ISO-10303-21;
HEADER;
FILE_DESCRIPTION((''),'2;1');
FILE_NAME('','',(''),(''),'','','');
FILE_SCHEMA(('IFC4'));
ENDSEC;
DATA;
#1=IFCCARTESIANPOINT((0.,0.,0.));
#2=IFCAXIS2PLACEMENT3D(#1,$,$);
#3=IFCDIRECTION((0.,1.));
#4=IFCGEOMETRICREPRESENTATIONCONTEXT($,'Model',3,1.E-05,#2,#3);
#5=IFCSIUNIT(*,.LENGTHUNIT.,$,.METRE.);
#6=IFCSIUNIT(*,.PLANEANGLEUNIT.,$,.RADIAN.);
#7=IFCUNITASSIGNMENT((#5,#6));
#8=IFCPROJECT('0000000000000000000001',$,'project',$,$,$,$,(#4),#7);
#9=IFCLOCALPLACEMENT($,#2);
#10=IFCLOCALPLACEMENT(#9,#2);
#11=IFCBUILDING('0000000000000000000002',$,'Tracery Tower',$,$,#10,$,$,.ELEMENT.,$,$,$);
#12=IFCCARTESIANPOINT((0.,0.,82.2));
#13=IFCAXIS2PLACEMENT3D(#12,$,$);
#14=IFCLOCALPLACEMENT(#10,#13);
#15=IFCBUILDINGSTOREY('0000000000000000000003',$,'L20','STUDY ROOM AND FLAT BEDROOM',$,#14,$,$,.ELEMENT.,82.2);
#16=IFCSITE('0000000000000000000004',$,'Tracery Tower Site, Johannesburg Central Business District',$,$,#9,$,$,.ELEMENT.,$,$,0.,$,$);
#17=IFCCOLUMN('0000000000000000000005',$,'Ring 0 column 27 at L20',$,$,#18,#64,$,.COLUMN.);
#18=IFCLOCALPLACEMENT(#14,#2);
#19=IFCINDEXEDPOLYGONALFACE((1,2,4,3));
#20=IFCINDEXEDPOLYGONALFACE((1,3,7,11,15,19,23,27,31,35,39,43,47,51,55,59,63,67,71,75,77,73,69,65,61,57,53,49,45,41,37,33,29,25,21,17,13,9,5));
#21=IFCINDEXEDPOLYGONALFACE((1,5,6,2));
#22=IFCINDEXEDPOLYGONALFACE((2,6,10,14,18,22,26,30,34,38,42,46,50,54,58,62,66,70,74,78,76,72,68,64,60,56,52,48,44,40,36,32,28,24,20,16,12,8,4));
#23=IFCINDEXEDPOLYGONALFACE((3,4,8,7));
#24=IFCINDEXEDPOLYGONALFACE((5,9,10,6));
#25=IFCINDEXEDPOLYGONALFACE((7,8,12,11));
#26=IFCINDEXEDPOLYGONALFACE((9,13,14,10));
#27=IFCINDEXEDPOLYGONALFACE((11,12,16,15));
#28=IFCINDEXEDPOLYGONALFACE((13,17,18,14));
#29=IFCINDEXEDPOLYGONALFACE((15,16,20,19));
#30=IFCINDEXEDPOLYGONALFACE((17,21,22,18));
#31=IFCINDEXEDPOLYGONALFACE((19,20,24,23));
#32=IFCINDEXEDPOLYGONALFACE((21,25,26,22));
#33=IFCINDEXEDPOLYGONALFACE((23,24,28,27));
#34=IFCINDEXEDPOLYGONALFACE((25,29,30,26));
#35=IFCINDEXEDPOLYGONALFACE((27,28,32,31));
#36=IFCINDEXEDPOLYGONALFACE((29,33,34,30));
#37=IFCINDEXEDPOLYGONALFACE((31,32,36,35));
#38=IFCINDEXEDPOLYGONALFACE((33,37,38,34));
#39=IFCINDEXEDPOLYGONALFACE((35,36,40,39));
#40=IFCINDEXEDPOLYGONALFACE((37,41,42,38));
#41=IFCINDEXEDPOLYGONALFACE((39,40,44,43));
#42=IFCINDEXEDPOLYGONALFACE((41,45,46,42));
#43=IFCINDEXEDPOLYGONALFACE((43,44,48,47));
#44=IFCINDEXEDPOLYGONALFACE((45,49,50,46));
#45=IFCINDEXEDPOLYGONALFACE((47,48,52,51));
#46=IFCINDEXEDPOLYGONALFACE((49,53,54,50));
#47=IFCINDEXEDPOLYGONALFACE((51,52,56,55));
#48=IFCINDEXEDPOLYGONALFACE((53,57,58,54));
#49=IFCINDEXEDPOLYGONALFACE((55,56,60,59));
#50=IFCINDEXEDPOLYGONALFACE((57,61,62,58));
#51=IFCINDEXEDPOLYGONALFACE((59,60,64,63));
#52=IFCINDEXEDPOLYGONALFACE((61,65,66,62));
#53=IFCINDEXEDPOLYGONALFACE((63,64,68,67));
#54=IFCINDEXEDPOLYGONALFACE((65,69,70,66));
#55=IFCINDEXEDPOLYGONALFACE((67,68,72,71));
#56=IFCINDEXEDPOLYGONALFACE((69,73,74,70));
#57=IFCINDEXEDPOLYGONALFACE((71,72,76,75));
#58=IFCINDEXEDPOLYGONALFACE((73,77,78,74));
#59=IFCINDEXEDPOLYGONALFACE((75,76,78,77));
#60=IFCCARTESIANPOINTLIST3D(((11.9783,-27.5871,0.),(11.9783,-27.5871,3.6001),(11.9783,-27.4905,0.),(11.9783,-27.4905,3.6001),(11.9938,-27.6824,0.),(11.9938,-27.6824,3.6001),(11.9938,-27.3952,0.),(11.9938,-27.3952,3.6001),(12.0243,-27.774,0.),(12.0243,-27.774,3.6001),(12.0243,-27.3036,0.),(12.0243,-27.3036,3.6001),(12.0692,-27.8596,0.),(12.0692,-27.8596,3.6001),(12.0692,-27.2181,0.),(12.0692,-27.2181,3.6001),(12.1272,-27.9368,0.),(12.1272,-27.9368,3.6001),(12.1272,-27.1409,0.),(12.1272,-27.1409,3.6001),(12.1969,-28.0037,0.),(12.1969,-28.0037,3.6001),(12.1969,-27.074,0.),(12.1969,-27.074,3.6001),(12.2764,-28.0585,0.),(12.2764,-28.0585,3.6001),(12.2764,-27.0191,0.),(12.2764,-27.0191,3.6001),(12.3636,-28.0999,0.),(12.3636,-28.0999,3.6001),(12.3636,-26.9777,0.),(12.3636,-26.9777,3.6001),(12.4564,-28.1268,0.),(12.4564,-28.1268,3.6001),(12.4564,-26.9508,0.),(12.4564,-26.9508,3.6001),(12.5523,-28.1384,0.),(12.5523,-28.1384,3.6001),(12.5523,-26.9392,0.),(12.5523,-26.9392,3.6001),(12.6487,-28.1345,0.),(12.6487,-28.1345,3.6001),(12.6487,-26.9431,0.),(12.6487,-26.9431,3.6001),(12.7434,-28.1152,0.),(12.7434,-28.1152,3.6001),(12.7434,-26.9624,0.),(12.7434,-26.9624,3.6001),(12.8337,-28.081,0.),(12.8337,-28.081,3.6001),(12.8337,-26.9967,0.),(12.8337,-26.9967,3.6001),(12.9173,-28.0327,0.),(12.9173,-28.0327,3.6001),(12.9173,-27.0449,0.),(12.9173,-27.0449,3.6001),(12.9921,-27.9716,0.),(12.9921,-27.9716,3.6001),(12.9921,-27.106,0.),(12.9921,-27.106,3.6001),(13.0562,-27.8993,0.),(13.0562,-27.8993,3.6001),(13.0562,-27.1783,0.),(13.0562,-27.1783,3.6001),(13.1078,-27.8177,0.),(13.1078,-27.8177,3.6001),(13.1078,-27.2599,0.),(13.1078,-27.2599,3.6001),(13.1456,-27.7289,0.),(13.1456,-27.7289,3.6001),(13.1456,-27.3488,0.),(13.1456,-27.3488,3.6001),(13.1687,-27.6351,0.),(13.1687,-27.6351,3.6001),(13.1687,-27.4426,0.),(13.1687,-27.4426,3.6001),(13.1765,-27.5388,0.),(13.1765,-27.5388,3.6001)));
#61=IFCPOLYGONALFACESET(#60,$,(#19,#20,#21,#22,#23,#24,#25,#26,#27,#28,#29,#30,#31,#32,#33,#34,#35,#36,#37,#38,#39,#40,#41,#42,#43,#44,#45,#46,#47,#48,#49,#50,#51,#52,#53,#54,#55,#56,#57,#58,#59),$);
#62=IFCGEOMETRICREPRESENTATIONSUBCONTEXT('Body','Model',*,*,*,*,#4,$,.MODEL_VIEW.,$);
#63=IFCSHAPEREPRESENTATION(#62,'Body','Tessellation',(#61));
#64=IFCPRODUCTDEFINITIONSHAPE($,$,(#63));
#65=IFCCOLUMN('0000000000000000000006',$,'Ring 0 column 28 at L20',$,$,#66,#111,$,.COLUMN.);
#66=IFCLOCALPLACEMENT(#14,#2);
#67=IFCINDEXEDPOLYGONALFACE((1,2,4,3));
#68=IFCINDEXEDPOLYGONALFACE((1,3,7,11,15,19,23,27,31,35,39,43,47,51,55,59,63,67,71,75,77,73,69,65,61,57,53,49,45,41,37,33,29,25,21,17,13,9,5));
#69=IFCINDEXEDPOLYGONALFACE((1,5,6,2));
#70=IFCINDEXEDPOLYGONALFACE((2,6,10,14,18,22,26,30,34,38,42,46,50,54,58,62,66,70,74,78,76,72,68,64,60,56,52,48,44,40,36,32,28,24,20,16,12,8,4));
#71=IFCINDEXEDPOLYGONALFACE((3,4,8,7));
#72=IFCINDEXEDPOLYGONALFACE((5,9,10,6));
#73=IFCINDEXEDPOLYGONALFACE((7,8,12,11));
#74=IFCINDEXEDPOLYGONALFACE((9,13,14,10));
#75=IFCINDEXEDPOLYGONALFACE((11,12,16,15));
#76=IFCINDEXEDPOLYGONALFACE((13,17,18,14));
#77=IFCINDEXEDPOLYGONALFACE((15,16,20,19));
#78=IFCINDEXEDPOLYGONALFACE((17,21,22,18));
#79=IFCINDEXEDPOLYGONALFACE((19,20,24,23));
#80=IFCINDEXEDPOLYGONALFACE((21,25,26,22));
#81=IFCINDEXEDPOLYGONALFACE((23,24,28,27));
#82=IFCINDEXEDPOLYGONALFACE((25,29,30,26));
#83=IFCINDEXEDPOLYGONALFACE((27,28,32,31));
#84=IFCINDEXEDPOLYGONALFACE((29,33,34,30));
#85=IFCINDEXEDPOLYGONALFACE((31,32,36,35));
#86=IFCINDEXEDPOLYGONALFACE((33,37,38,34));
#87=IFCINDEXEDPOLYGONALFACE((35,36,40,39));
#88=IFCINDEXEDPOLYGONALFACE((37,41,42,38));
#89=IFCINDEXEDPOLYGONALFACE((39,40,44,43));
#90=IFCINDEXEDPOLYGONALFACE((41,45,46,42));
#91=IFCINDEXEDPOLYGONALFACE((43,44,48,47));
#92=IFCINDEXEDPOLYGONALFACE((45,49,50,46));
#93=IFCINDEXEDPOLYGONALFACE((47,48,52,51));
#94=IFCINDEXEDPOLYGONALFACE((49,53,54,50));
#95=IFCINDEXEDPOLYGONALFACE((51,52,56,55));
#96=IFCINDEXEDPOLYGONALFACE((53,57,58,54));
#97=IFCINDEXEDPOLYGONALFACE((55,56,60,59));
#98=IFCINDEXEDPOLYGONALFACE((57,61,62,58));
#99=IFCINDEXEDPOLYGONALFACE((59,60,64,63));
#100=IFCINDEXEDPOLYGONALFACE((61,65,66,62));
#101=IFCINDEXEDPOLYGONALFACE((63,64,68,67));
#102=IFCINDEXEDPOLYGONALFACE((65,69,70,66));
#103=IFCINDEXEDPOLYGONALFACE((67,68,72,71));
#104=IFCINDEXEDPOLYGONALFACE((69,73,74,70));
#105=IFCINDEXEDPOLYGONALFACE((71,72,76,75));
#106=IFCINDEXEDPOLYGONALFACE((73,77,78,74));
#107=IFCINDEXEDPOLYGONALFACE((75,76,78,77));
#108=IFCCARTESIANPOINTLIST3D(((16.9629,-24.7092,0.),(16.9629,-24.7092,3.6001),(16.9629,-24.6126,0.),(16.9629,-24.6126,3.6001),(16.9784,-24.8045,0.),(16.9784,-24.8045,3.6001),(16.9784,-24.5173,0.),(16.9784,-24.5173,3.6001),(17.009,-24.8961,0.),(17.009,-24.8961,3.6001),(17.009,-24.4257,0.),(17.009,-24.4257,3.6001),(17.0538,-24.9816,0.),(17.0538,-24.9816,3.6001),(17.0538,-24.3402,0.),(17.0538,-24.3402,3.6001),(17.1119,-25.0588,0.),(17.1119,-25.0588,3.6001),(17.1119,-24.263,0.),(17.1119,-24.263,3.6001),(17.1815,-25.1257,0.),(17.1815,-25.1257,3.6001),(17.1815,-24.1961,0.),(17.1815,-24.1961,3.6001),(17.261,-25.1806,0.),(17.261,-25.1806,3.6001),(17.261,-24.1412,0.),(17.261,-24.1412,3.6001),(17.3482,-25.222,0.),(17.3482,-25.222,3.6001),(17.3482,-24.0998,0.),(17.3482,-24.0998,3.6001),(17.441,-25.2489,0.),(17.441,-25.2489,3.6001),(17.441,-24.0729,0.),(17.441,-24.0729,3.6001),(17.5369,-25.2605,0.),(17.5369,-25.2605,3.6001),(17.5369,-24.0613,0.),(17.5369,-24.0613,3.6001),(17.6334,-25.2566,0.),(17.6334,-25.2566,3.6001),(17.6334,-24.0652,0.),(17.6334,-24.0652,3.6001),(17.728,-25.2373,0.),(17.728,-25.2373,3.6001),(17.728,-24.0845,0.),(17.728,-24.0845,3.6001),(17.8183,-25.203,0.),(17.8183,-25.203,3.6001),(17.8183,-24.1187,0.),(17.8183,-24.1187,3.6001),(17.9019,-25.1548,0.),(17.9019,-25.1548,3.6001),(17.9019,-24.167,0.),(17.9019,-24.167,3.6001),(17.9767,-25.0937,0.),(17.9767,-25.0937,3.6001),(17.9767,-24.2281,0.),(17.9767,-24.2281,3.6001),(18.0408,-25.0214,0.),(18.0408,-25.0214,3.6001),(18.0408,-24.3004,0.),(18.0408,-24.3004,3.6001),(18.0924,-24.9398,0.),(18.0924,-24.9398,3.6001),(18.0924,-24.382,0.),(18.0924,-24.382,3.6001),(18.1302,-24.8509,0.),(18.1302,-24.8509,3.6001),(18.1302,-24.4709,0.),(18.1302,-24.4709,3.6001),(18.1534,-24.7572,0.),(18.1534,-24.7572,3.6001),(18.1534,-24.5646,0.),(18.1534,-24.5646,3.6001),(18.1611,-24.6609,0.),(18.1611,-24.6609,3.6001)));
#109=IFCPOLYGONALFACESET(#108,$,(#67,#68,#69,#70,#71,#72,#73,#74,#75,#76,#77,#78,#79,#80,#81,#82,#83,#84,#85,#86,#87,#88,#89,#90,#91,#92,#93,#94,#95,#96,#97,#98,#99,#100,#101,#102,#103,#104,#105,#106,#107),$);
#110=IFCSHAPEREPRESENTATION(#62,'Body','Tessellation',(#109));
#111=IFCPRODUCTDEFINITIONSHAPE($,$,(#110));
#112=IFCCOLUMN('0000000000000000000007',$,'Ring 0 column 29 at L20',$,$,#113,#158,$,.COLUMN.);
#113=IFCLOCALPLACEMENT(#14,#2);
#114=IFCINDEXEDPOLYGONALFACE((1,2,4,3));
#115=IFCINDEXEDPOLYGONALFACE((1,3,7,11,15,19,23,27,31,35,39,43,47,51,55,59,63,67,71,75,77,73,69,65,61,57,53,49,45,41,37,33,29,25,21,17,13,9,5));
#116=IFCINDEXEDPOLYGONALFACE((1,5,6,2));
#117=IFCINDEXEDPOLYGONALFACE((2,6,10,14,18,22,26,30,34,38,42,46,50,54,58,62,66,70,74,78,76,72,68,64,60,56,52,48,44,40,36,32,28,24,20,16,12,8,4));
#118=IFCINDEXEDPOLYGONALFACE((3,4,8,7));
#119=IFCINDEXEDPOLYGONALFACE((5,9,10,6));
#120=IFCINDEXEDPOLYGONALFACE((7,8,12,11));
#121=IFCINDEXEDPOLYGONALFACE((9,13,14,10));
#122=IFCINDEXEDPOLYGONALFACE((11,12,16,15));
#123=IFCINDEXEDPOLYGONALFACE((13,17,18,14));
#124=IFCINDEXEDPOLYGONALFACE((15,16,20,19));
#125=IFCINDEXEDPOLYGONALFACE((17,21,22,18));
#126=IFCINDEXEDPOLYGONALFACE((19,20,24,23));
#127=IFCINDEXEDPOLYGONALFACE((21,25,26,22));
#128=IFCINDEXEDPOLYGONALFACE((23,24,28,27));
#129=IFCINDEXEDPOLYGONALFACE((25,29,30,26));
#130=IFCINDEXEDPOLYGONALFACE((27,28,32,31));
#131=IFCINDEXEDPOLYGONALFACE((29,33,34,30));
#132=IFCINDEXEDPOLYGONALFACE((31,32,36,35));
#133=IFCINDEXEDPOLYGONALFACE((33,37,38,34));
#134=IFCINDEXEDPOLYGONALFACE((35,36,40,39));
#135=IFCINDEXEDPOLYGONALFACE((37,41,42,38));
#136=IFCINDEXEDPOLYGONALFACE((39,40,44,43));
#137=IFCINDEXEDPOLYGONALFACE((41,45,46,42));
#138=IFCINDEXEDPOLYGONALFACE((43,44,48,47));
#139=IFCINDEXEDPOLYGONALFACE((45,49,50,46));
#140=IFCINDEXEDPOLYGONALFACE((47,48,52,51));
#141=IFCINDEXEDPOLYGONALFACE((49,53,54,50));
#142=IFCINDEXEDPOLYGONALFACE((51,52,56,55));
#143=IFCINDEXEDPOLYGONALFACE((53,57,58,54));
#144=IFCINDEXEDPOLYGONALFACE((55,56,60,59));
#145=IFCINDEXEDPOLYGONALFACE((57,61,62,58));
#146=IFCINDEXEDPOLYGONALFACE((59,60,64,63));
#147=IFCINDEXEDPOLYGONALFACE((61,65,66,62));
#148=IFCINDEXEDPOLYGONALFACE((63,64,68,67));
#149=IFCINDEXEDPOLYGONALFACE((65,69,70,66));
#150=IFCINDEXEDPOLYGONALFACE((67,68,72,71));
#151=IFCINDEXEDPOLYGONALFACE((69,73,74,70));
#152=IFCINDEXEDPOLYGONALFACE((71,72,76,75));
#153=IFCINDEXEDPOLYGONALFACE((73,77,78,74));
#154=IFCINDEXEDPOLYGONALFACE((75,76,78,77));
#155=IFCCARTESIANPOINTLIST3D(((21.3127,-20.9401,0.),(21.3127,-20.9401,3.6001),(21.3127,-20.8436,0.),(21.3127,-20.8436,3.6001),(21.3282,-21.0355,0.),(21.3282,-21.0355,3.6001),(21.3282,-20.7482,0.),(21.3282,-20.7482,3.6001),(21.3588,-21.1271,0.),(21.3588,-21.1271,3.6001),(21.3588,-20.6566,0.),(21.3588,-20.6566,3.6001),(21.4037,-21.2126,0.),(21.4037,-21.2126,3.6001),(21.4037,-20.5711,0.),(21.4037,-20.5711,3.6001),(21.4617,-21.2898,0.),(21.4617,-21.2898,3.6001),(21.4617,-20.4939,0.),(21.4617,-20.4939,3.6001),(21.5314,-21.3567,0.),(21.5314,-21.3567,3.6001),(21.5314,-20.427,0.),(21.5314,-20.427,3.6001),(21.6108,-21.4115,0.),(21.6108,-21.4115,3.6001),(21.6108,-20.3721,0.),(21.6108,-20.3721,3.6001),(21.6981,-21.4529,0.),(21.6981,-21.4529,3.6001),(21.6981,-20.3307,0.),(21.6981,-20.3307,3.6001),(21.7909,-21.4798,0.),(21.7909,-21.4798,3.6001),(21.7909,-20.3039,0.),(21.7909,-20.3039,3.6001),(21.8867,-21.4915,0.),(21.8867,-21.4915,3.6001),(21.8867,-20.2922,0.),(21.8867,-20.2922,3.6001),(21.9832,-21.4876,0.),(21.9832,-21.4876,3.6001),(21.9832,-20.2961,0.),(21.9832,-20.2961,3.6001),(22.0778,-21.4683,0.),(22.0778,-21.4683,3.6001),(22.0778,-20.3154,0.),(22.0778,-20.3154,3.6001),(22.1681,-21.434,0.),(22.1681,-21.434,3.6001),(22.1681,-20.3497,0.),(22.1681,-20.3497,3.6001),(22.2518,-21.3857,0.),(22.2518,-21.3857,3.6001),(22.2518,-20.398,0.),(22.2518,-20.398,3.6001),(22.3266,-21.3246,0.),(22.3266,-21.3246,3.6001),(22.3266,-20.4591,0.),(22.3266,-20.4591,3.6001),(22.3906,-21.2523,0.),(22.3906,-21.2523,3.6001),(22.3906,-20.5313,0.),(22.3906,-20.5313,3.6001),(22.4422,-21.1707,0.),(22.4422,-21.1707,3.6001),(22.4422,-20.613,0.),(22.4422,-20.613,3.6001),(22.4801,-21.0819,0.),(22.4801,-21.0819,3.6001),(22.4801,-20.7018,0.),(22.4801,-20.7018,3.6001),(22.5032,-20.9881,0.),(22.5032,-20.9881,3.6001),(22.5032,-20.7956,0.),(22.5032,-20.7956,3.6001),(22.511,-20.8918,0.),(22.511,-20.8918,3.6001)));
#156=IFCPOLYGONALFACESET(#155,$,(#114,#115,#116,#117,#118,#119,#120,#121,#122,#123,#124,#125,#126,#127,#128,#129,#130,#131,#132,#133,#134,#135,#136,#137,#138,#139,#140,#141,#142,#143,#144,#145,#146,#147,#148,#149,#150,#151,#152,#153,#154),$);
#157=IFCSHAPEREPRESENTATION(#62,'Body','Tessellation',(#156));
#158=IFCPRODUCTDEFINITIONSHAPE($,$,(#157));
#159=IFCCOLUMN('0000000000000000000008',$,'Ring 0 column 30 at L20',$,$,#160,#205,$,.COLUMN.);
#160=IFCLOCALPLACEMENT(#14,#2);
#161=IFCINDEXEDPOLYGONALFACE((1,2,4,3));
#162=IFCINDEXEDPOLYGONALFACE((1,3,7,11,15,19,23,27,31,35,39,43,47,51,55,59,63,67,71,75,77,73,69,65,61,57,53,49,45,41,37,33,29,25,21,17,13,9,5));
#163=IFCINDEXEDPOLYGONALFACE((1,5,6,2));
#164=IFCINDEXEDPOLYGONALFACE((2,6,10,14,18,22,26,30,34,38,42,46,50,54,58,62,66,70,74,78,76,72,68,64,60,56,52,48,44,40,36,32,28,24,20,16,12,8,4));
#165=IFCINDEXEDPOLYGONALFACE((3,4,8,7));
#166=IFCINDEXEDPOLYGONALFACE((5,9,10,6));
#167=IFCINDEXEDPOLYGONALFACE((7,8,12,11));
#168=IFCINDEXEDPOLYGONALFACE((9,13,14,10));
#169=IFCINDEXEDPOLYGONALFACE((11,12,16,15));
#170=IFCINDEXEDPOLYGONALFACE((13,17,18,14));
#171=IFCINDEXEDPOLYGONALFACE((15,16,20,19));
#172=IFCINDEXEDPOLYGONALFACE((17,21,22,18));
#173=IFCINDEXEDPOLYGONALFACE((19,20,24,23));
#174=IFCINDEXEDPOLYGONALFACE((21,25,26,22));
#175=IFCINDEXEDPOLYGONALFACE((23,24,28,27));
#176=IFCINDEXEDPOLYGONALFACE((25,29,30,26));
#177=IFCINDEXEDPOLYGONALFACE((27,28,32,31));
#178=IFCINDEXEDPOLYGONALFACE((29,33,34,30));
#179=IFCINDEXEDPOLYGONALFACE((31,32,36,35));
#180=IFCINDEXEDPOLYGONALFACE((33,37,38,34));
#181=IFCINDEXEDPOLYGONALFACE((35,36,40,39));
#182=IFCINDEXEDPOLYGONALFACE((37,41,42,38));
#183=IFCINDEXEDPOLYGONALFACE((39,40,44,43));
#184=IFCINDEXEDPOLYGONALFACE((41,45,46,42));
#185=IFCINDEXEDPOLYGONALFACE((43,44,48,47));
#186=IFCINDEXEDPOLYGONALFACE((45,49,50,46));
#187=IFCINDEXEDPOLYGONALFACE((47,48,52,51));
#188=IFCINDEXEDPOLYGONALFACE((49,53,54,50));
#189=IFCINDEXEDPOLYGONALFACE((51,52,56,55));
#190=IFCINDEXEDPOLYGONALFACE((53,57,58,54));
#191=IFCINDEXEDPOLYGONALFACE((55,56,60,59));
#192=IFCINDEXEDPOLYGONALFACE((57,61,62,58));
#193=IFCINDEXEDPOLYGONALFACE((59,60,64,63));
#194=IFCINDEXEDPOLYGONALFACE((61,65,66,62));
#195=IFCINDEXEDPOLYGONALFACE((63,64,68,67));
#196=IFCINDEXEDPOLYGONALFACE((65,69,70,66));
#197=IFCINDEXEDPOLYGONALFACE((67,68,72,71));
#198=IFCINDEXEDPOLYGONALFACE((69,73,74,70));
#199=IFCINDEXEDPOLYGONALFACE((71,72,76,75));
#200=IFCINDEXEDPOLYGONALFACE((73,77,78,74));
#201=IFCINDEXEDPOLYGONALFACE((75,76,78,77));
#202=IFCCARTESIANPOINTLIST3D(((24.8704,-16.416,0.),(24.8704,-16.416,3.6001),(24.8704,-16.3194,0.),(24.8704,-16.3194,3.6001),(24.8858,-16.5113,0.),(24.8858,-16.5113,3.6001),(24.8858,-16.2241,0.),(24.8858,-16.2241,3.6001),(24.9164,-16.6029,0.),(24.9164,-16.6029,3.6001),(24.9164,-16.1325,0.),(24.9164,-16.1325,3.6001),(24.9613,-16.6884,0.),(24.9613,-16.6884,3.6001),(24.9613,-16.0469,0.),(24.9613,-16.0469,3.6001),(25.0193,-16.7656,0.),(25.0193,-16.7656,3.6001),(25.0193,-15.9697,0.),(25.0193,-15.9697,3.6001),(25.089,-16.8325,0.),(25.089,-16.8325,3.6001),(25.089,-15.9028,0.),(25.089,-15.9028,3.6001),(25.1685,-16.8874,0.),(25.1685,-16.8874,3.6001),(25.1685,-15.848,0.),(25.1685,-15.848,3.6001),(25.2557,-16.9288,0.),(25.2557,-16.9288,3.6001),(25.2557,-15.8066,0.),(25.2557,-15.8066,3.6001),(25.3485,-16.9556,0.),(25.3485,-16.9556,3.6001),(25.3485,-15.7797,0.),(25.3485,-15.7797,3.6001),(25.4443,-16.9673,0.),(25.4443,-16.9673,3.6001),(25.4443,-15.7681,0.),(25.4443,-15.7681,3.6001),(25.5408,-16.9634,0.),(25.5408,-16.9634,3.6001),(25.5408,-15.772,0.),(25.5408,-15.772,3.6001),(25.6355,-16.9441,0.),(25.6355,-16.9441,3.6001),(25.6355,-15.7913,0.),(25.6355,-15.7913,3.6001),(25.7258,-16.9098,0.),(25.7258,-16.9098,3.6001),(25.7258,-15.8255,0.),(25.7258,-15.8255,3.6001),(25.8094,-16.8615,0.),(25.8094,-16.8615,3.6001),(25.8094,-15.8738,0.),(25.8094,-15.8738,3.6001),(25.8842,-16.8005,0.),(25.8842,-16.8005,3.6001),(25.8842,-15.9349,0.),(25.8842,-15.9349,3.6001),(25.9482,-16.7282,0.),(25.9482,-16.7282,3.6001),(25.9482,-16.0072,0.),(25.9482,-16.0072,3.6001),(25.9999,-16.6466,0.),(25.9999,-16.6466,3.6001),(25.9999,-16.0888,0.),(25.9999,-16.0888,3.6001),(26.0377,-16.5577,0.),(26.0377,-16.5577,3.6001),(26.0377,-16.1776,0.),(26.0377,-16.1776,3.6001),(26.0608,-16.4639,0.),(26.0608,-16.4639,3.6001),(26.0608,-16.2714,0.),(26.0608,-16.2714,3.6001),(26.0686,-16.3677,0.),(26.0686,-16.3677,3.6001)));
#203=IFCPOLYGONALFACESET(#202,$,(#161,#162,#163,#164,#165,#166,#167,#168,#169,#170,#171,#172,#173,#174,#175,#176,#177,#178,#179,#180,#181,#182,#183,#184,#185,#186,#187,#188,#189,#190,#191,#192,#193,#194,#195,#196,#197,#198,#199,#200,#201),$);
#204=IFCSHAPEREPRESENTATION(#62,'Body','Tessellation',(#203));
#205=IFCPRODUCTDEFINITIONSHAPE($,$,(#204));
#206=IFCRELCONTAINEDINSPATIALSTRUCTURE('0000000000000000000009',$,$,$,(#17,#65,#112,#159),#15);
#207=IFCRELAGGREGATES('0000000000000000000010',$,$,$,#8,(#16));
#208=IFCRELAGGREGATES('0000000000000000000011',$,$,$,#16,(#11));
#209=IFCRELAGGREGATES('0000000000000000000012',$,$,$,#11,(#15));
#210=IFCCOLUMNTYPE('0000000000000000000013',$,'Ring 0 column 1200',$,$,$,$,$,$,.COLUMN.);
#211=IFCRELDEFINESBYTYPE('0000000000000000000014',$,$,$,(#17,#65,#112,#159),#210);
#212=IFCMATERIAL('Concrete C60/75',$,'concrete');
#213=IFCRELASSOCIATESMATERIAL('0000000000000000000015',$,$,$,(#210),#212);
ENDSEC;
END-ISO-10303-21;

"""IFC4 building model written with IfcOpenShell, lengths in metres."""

from ifc_helpers import new_model, si_unit, direction, frame, origin, origin_2d, place, context, subcontext, project, spatial, circle, extrude, material, material_profile, profile_set, type_object, element, save


model = new_model("IFC4")

# Units and contexts
model_context = context("Model", 3, precision=1e-05, world=origin(), true_north=direction((0.0, 1.0)))
body_context = subcontext(model_context, "Body", "Model", "MODEL_VIEW")
ifc_project = project(units=[si_unit("LENGTHUNIT", "METRE"), si_unit("PLANEANGLEUNIT", "RADIAN")], contexts=[model_context])

# Site, building, storey
site_placement = place(None, origin())
site = spatial("IfcSite", under=ifc_project, at=site_placement, Name="Tracery Tower Site, Johannesburg Central Business District", CompositionType="ELEMENT", RefElevation=0.0)
building_placement = place(site_placement, origin())
building = spatial("IfcBuilding", under=site, at=building_placement, Name="Tracery Tower", CompositionType="ELEMENT")
storey_placement = place(building_placement, frame((0.0, 0.0, 82.2)))
storey = spatial("IfcBuildingStorey", under=building, at=storey_placement, Name="L20", Description="STUDY ROOM AND FLAT BEDROOM", CompositionType="ELEMENT", Elevation=82.2)

# Columns
ifc_material_1 = material(Name="Concrete C60/75", Category="concrete")
ifc_material_profile_1 = material_profile(ifc_material_1, circle(Radius=0.6001, at=origin_2d()), Name="RC D1200")
ifc_profile_set_1 = profile_set([ifc_material_profile_1], Name="Concrete C60/75")
column_type_1 = type_object("IfcColumnType", Name="Ring 0 column 1200", PredefinedType="COLUMN", material=ifc_profile_set_1)
for number, where, z_axis, x_axis, name in (
    (1, (12.5764, -27.5388, 0.0), (0.0, 0.0, 1.0), (1.0, 0.0, 0.0), "Ring 0 column 27 at L20"),
    (2, (17.561, -24.6609, 0.0), (0.0, 0.0, 1.0), (1.0, 0.0, 0.0), "Ring 0 column 28 at L20"),
    (3, (21.9109, -20.8918, 0.0), (0.0, 0.0, 1.0), (1.0, 0.0, 0.0), "Ring 0 column 29 at L20"),
    (4, (25.4685, -16.3677, 0.0), (0.0, 0.0, 1.0), (1.0, 0.0, 0.0), "Ring 0 column 30 at L20"),
):
    element("IfcColumn", number, at=place(storey_placement, frame(where, z_axis=z_axis, x_axis=x_axis)), inside=storey, type_object=column_type_1, Name=name, PredefinedType="COLUMN", context=body_context, shape_type="SweptSolid", body=[
        extrude(circle(Radius=0.6001, at=origin_2d()), origin(), (0.0, 0.0, 1.0), 3.6001),
    ])

save(model, "model.ifc")
